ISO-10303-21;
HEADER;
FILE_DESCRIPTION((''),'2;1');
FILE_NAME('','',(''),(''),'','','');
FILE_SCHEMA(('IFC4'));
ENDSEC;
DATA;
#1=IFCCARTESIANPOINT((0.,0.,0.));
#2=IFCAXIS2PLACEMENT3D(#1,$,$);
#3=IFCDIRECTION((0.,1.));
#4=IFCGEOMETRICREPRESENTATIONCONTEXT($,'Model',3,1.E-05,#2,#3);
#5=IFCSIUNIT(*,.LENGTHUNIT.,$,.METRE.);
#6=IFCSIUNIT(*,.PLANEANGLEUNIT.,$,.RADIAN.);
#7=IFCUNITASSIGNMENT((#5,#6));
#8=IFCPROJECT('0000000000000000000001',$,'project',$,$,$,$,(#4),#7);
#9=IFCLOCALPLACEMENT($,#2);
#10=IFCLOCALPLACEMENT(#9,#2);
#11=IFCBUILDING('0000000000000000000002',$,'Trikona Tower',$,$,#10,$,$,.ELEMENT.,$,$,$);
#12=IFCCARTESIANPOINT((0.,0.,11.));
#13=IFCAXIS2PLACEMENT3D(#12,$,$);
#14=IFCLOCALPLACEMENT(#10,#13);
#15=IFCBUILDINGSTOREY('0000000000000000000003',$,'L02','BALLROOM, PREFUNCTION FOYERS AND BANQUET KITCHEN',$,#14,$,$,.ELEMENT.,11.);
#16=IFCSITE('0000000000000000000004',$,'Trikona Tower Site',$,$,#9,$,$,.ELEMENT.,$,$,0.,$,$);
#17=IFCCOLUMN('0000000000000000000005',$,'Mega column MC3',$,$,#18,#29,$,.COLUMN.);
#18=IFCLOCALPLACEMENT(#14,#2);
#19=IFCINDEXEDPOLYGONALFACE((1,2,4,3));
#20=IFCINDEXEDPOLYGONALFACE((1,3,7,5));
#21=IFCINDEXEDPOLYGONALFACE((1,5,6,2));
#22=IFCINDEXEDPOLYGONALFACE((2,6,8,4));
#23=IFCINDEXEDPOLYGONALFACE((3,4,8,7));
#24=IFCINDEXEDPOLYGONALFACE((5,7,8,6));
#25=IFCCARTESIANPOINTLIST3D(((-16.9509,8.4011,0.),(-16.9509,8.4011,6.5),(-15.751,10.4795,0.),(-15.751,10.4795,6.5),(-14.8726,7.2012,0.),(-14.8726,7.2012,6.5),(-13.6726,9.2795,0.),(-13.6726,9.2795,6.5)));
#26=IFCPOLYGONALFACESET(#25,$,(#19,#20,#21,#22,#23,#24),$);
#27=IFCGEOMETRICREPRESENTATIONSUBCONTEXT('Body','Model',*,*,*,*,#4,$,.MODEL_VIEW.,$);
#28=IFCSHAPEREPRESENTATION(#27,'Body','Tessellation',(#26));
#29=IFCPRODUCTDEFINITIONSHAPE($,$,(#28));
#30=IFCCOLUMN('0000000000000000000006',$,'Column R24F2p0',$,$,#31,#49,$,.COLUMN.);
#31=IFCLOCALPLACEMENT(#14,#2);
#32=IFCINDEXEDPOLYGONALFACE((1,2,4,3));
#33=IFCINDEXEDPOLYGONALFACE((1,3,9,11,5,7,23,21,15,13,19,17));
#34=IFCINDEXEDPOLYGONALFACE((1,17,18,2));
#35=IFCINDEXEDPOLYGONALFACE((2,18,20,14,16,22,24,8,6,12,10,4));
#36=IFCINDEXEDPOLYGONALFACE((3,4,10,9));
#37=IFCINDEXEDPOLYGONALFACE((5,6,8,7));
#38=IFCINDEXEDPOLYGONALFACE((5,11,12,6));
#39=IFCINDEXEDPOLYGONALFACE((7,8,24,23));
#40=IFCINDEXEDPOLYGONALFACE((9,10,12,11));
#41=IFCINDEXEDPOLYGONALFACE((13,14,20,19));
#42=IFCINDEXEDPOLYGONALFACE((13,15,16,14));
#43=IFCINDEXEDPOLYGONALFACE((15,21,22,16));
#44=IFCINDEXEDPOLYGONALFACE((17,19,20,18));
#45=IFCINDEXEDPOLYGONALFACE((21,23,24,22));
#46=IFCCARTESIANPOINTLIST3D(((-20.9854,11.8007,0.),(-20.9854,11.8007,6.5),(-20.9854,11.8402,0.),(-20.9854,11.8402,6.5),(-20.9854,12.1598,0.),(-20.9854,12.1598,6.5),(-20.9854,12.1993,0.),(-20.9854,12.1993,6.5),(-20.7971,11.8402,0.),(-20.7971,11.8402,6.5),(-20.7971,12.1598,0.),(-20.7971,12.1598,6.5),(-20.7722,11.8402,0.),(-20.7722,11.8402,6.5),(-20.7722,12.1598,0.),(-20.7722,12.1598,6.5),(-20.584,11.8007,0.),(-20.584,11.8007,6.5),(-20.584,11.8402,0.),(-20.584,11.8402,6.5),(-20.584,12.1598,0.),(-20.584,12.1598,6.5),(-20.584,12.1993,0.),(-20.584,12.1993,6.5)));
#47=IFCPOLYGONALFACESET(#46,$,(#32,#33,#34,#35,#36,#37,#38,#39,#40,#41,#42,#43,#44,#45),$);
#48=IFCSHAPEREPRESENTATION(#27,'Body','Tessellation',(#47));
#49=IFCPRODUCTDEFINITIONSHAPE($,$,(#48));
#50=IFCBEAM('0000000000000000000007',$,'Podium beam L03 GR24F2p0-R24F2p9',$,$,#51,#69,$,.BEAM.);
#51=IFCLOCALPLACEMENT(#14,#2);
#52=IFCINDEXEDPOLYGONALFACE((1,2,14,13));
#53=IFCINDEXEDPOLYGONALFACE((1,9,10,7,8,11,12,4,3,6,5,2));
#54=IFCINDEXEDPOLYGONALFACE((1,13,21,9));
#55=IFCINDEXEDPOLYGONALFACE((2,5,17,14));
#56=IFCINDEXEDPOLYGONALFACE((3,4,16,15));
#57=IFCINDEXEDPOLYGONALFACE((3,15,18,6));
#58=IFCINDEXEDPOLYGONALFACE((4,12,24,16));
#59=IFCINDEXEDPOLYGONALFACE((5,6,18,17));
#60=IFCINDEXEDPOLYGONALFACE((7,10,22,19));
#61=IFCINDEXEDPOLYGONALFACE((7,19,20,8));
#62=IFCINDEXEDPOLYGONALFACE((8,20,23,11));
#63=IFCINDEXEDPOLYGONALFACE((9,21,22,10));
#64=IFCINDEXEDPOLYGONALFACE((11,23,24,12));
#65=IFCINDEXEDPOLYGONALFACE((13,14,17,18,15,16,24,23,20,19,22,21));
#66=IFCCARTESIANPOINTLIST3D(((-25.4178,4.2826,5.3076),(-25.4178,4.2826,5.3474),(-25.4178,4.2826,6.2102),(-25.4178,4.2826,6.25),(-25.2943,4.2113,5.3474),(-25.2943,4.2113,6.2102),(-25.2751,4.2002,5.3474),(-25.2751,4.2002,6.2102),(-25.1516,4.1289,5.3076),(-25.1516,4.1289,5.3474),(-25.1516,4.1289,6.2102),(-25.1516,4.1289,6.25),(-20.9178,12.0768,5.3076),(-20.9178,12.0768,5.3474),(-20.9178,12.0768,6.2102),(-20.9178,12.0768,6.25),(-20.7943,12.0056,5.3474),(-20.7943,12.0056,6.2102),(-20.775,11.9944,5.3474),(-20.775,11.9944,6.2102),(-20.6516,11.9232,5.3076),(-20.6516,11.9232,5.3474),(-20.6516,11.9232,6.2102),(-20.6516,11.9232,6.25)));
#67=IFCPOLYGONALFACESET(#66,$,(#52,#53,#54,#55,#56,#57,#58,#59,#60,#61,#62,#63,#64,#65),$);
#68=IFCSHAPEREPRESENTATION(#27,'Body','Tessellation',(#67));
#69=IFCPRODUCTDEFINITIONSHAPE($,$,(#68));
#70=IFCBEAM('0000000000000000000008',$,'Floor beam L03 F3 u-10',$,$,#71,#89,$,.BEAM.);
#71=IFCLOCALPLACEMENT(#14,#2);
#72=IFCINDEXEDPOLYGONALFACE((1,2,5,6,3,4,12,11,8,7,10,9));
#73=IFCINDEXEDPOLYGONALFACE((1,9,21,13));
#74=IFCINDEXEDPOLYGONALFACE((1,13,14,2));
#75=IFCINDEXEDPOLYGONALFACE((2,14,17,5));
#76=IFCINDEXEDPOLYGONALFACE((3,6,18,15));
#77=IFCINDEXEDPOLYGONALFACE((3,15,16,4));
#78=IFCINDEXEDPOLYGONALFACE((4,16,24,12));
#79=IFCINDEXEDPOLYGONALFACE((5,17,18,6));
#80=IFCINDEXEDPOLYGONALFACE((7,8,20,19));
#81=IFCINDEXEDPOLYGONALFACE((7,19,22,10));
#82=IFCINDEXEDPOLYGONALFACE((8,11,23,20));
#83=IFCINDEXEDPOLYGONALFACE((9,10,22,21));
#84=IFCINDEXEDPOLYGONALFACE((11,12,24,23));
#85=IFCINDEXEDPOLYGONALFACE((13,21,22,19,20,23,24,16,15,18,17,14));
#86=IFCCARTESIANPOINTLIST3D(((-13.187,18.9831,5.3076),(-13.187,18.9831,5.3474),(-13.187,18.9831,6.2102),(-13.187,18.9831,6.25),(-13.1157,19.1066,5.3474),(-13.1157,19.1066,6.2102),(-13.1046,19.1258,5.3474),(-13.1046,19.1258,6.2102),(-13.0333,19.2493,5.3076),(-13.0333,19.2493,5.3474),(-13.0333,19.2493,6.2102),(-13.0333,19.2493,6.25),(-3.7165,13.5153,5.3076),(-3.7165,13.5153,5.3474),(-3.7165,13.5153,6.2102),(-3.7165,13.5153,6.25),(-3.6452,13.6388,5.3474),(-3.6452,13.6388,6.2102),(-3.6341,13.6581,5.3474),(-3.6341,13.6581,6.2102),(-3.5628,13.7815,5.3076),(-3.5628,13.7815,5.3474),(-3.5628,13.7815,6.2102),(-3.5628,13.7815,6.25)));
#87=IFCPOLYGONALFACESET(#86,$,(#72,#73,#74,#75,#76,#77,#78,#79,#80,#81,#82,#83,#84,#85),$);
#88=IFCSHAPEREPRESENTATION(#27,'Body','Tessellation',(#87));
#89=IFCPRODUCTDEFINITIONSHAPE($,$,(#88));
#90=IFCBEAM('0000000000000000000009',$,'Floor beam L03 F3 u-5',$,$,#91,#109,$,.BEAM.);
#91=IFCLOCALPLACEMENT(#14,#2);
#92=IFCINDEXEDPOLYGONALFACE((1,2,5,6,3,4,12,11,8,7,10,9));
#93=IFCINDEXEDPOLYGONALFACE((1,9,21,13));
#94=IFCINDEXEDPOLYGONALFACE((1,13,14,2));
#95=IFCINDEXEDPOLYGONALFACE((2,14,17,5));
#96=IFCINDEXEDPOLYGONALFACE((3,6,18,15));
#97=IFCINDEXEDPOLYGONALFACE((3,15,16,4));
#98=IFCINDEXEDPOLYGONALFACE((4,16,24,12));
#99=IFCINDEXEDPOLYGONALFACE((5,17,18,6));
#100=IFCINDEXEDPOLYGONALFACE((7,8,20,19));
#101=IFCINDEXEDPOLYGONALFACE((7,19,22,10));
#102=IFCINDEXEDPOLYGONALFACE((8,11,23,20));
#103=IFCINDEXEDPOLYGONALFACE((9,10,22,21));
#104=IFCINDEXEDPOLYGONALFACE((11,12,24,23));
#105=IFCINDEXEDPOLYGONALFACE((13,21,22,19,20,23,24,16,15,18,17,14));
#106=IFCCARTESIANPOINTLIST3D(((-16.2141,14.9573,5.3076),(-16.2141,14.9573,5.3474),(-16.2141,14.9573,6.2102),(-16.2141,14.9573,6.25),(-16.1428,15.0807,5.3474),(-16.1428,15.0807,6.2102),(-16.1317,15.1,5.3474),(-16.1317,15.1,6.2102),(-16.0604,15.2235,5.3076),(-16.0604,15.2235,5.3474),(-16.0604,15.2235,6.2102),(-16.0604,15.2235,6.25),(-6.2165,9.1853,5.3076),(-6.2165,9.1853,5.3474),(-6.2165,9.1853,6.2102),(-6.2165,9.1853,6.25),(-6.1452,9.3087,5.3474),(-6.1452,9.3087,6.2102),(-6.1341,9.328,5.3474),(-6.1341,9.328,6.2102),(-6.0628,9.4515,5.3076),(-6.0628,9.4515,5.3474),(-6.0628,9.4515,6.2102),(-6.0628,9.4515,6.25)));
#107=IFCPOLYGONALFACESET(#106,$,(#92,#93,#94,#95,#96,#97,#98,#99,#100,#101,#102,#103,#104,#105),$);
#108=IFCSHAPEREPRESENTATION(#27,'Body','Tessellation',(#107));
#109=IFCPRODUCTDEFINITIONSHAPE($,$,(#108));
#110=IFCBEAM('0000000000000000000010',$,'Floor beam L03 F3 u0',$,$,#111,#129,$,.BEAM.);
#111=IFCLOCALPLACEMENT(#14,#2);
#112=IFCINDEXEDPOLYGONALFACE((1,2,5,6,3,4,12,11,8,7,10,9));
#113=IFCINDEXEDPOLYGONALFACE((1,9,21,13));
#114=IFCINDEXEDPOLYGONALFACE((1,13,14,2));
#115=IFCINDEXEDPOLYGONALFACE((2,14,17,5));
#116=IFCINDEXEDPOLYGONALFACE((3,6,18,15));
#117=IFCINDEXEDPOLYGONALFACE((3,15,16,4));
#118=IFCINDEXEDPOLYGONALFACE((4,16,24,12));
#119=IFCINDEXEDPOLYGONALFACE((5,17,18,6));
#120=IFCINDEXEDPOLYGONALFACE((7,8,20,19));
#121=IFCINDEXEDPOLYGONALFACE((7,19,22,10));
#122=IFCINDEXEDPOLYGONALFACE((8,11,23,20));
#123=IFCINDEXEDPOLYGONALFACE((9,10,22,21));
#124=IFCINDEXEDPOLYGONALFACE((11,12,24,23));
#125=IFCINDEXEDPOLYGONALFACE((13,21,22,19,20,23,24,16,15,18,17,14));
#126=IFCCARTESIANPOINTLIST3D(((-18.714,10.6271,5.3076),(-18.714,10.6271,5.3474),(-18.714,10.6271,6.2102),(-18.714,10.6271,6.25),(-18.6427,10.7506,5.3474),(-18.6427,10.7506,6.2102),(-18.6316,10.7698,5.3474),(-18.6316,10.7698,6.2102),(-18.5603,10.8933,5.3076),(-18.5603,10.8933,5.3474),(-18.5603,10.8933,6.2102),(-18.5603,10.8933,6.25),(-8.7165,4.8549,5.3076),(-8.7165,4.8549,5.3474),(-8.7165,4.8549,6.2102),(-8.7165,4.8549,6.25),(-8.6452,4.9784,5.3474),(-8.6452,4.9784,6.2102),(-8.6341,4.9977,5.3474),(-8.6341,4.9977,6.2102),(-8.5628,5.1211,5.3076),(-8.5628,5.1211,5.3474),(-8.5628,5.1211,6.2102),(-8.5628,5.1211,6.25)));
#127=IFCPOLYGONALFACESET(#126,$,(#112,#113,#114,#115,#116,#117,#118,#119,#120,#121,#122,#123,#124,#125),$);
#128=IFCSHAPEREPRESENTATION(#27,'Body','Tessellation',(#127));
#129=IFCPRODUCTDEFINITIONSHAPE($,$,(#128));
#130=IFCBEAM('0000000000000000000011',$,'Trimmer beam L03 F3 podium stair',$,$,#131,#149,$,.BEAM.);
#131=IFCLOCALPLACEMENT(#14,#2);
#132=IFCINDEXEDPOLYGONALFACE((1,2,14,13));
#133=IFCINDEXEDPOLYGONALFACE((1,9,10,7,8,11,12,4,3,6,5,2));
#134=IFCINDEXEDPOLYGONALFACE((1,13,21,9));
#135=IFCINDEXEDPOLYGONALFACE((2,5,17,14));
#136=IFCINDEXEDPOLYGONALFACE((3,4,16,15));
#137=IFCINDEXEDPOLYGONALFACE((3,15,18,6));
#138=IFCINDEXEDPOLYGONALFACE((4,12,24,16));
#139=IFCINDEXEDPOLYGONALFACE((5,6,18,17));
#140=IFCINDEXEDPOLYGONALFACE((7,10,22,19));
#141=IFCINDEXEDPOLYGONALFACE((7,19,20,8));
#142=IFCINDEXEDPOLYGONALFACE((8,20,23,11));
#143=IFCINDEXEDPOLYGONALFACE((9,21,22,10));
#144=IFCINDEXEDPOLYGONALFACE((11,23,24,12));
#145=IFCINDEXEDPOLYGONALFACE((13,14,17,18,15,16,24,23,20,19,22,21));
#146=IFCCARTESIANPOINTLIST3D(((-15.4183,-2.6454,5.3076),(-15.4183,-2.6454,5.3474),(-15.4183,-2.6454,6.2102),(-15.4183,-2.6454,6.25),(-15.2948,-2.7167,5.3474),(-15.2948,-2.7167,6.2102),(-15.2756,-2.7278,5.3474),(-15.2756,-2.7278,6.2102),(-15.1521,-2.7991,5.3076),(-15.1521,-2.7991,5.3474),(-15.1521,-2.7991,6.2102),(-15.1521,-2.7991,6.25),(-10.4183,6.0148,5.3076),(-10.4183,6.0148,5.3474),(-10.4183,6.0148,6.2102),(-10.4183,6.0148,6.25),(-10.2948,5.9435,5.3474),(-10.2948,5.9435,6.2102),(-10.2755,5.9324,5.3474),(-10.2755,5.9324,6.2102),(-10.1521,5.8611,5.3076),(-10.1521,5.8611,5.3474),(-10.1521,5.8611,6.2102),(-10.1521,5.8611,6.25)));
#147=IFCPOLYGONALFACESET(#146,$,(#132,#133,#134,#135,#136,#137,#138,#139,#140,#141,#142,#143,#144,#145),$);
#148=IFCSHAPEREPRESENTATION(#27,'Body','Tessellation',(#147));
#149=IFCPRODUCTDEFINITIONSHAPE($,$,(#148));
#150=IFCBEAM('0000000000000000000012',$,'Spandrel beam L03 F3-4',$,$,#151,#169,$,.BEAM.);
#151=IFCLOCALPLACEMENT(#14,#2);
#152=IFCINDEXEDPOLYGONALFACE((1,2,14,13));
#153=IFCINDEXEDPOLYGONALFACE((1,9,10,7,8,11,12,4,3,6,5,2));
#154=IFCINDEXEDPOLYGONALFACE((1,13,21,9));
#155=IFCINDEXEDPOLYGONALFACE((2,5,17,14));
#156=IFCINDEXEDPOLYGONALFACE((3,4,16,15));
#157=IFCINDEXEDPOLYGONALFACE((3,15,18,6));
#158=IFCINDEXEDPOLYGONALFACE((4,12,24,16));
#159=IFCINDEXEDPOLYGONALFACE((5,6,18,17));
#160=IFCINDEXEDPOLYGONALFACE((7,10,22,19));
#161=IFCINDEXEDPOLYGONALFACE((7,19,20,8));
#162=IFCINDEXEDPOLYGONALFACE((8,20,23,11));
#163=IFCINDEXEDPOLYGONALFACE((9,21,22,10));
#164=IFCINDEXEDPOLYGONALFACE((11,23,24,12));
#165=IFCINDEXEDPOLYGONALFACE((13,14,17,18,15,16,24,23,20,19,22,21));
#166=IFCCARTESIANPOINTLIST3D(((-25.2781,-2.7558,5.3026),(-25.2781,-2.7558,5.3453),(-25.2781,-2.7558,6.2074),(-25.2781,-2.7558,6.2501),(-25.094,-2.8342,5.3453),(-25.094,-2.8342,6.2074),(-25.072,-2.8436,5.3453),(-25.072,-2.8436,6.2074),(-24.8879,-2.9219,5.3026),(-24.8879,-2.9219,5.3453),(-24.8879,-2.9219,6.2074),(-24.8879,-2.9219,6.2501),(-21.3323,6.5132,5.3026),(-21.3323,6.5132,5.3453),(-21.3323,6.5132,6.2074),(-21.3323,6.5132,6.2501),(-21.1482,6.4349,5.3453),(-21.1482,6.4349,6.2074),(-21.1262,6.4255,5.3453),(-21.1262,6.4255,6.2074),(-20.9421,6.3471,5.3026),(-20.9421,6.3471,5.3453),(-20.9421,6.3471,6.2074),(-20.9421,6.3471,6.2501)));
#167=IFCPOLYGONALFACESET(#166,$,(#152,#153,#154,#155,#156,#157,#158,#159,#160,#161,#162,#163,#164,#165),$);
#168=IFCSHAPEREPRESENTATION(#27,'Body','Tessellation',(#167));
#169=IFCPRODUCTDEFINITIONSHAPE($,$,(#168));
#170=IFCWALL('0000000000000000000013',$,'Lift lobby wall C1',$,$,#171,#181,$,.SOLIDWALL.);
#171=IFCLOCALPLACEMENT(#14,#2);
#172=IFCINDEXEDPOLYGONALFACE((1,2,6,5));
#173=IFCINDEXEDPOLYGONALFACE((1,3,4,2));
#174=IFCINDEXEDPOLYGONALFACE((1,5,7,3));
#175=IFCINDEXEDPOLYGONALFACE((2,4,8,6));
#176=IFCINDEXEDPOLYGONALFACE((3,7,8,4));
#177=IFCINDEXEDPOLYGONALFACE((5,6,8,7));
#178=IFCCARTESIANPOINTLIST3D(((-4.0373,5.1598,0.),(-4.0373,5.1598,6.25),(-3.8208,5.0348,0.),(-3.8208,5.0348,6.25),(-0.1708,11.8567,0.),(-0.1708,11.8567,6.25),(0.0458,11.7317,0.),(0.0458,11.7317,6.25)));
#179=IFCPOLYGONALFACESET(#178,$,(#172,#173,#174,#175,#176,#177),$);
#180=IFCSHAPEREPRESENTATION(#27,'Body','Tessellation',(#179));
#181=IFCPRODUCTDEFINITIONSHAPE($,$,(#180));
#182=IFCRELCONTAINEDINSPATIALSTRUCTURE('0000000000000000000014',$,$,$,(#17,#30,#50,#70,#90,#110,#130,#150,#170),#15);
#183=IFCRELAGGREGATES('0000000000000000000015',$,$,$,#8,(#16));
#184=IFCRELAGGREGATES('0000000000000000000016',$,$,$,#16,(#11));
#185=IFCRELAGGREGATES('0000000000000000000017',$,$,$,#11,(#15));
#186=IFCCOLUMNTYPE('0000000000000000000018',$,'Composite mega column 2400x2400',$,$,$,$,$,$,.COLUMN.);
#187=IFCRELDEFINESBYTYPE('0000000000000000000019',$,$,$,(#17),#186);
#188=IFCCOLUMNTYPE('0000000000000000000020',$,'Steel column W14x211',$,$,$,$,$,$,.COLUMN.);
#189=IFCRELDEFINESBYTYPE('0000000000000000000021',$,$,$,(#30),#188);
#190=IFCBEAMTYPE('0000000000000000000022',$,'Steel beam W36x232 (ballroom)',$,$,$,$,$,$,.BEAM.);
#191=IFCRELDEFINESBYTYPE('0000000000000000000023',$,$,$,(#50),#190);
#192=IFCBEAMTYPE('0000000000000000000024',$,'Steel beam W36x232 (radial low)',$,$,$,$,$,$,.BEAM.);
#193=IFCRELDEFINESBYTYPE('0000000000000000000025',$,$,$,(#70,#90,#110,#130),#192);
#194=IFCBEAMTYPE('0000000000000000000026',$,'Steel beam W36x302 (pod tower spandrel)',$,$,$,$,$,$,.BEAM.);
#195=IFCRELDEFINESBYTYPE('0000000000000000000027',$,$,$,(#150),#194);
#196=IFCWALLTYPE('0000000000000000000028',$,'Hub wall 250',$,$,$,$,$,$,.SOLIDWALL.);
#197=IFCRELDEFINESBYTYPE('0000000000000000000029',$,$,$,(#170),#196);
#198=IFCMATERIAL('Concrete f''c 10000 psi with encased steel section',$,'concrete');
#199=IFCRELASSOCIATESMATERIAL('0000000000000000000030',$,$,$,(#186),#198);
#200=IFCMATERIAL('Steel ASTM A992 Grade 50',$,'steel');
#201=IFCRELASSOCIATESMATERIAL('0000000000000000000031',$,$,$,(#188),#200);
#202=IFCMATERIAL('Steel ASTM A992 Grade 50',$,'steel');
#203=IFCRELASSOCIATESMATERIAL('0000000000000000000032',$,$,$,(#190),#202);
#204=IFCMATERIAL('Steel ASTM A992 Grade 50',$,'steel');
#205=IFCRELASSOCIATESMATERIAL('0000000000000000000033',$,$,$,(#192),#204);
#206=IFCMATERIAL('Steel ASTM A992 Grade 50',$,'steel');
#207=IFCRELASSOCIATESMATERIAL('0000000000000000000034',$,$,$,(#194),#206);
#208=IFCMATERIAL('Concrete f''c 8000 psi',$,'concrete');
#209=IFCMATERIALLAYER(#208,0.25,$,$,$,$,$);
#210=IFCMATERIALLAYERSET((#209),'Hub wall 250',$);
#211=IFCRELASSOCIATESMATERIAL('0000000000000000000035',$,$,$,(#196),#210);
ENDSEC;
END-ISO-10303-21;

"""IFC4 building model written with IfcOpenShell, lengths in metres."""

from ifc_helpers import new_model, si_unit, direction, frame, frame_2d, origin, origin_2d, place, context, subcontext, project, spatial, rectangle, i_section, extrude, material, layer, layer_set, material_profile, profile_set, type_object, element, save


model = new_model("IFC4")

# Units and contexts
model_context = context("Model", 3, precision=1e-05, world=origin(), true_north=direction((0.0, 1.0)))
body_context = subcontext(model_context, "Body", "Model", "MODEL_VIEW")
ifc_project = project(units=[si_unit("LENGTHUNIT", "METRE"), si_unit("PLANEANGLEUNIT", "RADIAN")], contexts=[model_context])

# Site, building, storey
site_placement = place(None, origin())
site = spatial("IfcSite", under=ifc_project, at=site_placement, Name="Trikona Tower Site", CompositionType="ELEMENT", RefElevation=0.0)
building_placement = place(site_placement, origin())
building = spatial("IfcBuilding", under=site, at=building_placement, Name="Trikona Tower", CompositionType="ELEMENT")
storey_placement = place(building_placement, frame((0.0, 0.0, 11.0)))
storey = spatial("IfcBuildingStorey", under=building, at=storey_placement, Name="L02", Description="BALLROOM, PREFUNCTION FOYERS AND BANQUET KITCHEN", CompositionType="ELEMENT", Elevation=11.0)

# Columns
ifc_material_1 = material(Name="Concrete f'c 10000 psi with encased steel section", Category="concrete")
ifc_material_profile_1 = material_profile(ifc_material_1, rectangle(XDim=2.3999, YDim=2.3999, at=origin_2d()), Name="MC2400")
ifc_profile_set_1 = profile_set([ifc_material_profile_1], Name="Concrete f'c 10000 psi with encased steel section")
column_type_1 = type_object("IfcColumnType", Name="Composite mega column 2400x2400", PredefinedType="COLUMN", material=ifc_profile_set_1)
column_1_placement = place(storey_placement, frame((-15.3118, 8.8403, 0.0), z_axis=(0.0, 0.0, 1.0), x_axis=(-0.866025, 0.5, 0.0)))
element("IfcColumn", 1, at=column_1_placement, inside=storey, type_object=column_type_1, Name="Mega column MC3", PredefinedType="COLUMN", context=body_context, shape_type="SweptSolid", body=[
    extrude(rectangle(XDim=2.3999, YDim=2.3999, at=origin_2d()), origin(), (0.0, 0.0, 1.0), 6.5),
])
ifc_material_2 = material(Name="Steel ASTM A992 Grade 50", Category="steel")
ifc_material_profile_2 = material_profile(ifc_material_2, i_section(OverallWidth=0.4014, OverallDepth=0.3987, WebThickness=0.0249, FlangeThickness=0.0396, at=origin_2d()), Name="W14X211")
ifc_profile_set_2 = profile_set([ifc_material_profile_2], Name="Steel ASTM A992 Grade 50")
column_type_2 = type_object("IfcColumnType", Name="Steel column W14x211", PredefinedType="COLUMN", material=ifc_profile_set_2)
column_2_placement = place(storey_placement, frame((-20.7847, 12.0, 0.0), z_axis=(0.0, 0.0, 1.0), x_axis=(1.0, 0.0, 0.0)))
element("IfcColumn", 2, at=column_2_placement, inside=storey, type_object=column_type_2, Name="Column R24F2p0", PredefinedType="COLUMN", context=body_context, shape_type="SweptSolid", body=[
    extrude(i_section(OverallWidth=0.4014, OverallDepth=0.3987, WebThickness=0.0249, FlangeThickness=0.0396, at=origin_2d()), origin(), (0.0, 0.0, 1.0), 6.5),
])

# Beams
ifc_material_3 = material(Name="Steel ASTM A992 Grade 50", Category="steel")
ifc_material_profile_3 = material_profile(ifc_material_3, i_section(OverallWidth=0.3074, OverallDepth=0.9424, WebThickness=0.0222, FlangeThickness=0.0398, at=origin_2d()), Name="W36X232")
ifc_profile_set_3 = profile_set([ifc_material_profile_3], Name="Steel ASTM A992 Grade 50")
beam_type_1 = type_object("IfcBeamType", Name="Steel beam W36x232 (ballroom)", PredefinedType="BEAM", material=ifc_profile_set_3)
beam_1_placement = place(storey_placement, frame((-20.7847, 12.0, 5.7788), z_axis=(-0.500002, -0.866024, 0.0), x_axis=(0.866024, -0.500002, 0.0)))
element("IfcBeam", 3, at=beam_1_placement, inside=storey, type_object=beam_type_1, Name="Podium beam L03 GR24F2p0-R24F2p9", PredefinedType="BEAM", context=body_context, shape_type="SweptSolid", body=[
    extrude(i_section(OverallWidth=0.3074, OverallDepth=0.9424, WebThickness=0.0222, FlangeThickness=0.0398, at=origin_2d()), origin(), (0.0, 0.0, 1.0), 9.0),
])
ifc_material_4 = material(Name="Steel ASTM A992 Grade 50", Category="steel")
ifc_material_profile_4 = material_profile(ifc_material_4, i_section(OverallWidth=0.3074, OverallDepth=0.9424, WebThickness=0.0222, FlangeThickness=0.0398, at=origin_2d()), Name="W36X232")
ifc_profile_set_4 = profile_set([ifc_material_profile_4], Name="Steel ASTM A992 Grade 50")
beam_type_2 = type_object("IfcBeamType", Name="Steel beam W36x232 (radial low)", PredefinedType="BEAM", material=ifc_profile_set_4)
beam_2_placement = place(storey_placement, frame((-3.6396, 13.6484, 5.7788), z_axis=(-0.866025, 0.5, 0.0), x_axis=(-0.5, -0.866025, 0.0)))
element("IfcBeam", 4, at=beam_2_placement, inside=storey, type_object=beam_type_2, Name="Floor beam L03 F3 u-10", PredefinedType="BEAM", context=body_context, shape_type="SweptSolid", body=[
    extrude(i_section(OverallWidth=0.3074, OverallDepth=0.9424, WebThickness=0.0222, FlangeThickness=0.0398, at=origin_2d()), origin(), (0.0, 0.0, 1.0), 10.9355),
])
for number, where, z_axis, x_axis, name in (
    (5, (-6.1396, 9.3184, 5.7788), (-0.86603, 0.499992, 0.0), (-0.499992, -0.86603, 0.0), "Floor beam L03 F3 u-5"),
    (6, (-8.6396, 4.988, 5.7788), (-0.866021, 0.500008, 0.0), (-0.500008, -0.866021, 0.0), "Floor beam L03 F3 u0"),
):
    element("IfcBeam", number, at=place(storey_placement, frame(where, z_axis=z_axis, x_axis=x_axis)), inside=storey, type_object=beam_type_2, Name=name, PredefinedType="BEAM", context=body_context, shape_type="SweptSolid", body=[
        extrude(i_section(OverallWidth=0.3074, OverallDepth=0.9424, WebThickness=0.0222, FlangeThickness=0.0398, at=origin_2d()), origin(), (0.0, 0.0, 1.0), 11.5442),
    ])
beam_3_placement = place(storey_placement, frame((-10.2852, 5.938, 5.7788), z_axis=(-0.500004, -0.866023, 0.0), x_axis=(0.866023, -0.500004, 0.0)))
element("IfcBeam", 7, at=beam_3_placement, inside=storey, type_object=beam_type_2, Name="Trimmer beam L03 F3 podium stair", PredefinedType="BEAM", context=body_context, shape_type="SweptSolid", body=[
    extrude(i_section(OverallWidth=0.3074, OverallDepth=0.9424, WebThickness=0.0222, FlangeThickness=0.0398, at=origin_2d()), origin(), (0.0, 0.0, 1.0), 10.0),
])
ifc_material_5 = material(Name="Steel ASTM A992 Grade 50", Category="steel")
ifc_material_profile_5 = material_profile(ifc_material_5, i_section(OverallWidth=0.4241, OverallDepth=0.9475, WebThickness=0.0239, FlangeThickness=0.0427, at=origin_2d()), Name="W36X302")
ifc_profile_set_5 = profile_set([ifc_material_profile_5], Name="Steel ASTM A992 Grade 50")
beam_type_3 = type_object("IfcBeamType", Name="Steel beam W36x302 (pod tower spandrel)", PredefinedType="BEAM", material=ifc_profile_set_5)
beam_4_placement = place(storey_placement, frame((-21.1372, 6.4302, 5.7764), z_axis=(-0.391684, -0.9201, 0.0), x_axis=(0.9201, -0.391684, 0.0)))
element("IfcBeam", 8, at=beam_4_placement, inside=storey, type_object=beam_type_3, Name="Spandrel beam L03 F3-4", PredefinedType="BEAM", context=body_context, shape_type="SweptSolid", body=[
    extrude(i_section(OverallWidth=0.4241, OverallDepth=0.9475, WebThickness=0.0239, FlangeThickness=0.0427, at=origin_2d()), origin(), (0.0, 0.0, 1.0), 10.074),
])

# Wall
ifc_material_6 = material(Name="Concrete f'c 8000 psi", Category="concrete")
ifc_layer_1 = layer(ifc_material_6, 0.25)
ifc_layer_set_1 = layer_set([ifc_layer_1], Name="Hub wall 250")
wall_type_1 = type_object("IfcWallType", Name="Hub wall 250", PredefinedType="SOLIDWALL", material=ifc_layer_set_1)
wall_1_placement = place(storey_placement, frame((-0.0625, 11.7942, 0.0), z_axis=(0.0, 0.0, 1.0), x_axis=(-0.500007, -0.866022, 0.0)))
element("IfcWall", 9, at=wall_1_placement, inside=storey, type_object=wall_type_1, Name="Lift lobby wall C1", PredefinedType="SOLIDWALL", context=body_context, shape_type="SweptSolid", body=[
    extrude(rectangle(XDim=7.7329, YDim=0.25, at=frame_2d((3.8665, 0.0))), origin(), (0.0, 0.0, 1.0), 6.25),
])

save(model, "model.ifc")
